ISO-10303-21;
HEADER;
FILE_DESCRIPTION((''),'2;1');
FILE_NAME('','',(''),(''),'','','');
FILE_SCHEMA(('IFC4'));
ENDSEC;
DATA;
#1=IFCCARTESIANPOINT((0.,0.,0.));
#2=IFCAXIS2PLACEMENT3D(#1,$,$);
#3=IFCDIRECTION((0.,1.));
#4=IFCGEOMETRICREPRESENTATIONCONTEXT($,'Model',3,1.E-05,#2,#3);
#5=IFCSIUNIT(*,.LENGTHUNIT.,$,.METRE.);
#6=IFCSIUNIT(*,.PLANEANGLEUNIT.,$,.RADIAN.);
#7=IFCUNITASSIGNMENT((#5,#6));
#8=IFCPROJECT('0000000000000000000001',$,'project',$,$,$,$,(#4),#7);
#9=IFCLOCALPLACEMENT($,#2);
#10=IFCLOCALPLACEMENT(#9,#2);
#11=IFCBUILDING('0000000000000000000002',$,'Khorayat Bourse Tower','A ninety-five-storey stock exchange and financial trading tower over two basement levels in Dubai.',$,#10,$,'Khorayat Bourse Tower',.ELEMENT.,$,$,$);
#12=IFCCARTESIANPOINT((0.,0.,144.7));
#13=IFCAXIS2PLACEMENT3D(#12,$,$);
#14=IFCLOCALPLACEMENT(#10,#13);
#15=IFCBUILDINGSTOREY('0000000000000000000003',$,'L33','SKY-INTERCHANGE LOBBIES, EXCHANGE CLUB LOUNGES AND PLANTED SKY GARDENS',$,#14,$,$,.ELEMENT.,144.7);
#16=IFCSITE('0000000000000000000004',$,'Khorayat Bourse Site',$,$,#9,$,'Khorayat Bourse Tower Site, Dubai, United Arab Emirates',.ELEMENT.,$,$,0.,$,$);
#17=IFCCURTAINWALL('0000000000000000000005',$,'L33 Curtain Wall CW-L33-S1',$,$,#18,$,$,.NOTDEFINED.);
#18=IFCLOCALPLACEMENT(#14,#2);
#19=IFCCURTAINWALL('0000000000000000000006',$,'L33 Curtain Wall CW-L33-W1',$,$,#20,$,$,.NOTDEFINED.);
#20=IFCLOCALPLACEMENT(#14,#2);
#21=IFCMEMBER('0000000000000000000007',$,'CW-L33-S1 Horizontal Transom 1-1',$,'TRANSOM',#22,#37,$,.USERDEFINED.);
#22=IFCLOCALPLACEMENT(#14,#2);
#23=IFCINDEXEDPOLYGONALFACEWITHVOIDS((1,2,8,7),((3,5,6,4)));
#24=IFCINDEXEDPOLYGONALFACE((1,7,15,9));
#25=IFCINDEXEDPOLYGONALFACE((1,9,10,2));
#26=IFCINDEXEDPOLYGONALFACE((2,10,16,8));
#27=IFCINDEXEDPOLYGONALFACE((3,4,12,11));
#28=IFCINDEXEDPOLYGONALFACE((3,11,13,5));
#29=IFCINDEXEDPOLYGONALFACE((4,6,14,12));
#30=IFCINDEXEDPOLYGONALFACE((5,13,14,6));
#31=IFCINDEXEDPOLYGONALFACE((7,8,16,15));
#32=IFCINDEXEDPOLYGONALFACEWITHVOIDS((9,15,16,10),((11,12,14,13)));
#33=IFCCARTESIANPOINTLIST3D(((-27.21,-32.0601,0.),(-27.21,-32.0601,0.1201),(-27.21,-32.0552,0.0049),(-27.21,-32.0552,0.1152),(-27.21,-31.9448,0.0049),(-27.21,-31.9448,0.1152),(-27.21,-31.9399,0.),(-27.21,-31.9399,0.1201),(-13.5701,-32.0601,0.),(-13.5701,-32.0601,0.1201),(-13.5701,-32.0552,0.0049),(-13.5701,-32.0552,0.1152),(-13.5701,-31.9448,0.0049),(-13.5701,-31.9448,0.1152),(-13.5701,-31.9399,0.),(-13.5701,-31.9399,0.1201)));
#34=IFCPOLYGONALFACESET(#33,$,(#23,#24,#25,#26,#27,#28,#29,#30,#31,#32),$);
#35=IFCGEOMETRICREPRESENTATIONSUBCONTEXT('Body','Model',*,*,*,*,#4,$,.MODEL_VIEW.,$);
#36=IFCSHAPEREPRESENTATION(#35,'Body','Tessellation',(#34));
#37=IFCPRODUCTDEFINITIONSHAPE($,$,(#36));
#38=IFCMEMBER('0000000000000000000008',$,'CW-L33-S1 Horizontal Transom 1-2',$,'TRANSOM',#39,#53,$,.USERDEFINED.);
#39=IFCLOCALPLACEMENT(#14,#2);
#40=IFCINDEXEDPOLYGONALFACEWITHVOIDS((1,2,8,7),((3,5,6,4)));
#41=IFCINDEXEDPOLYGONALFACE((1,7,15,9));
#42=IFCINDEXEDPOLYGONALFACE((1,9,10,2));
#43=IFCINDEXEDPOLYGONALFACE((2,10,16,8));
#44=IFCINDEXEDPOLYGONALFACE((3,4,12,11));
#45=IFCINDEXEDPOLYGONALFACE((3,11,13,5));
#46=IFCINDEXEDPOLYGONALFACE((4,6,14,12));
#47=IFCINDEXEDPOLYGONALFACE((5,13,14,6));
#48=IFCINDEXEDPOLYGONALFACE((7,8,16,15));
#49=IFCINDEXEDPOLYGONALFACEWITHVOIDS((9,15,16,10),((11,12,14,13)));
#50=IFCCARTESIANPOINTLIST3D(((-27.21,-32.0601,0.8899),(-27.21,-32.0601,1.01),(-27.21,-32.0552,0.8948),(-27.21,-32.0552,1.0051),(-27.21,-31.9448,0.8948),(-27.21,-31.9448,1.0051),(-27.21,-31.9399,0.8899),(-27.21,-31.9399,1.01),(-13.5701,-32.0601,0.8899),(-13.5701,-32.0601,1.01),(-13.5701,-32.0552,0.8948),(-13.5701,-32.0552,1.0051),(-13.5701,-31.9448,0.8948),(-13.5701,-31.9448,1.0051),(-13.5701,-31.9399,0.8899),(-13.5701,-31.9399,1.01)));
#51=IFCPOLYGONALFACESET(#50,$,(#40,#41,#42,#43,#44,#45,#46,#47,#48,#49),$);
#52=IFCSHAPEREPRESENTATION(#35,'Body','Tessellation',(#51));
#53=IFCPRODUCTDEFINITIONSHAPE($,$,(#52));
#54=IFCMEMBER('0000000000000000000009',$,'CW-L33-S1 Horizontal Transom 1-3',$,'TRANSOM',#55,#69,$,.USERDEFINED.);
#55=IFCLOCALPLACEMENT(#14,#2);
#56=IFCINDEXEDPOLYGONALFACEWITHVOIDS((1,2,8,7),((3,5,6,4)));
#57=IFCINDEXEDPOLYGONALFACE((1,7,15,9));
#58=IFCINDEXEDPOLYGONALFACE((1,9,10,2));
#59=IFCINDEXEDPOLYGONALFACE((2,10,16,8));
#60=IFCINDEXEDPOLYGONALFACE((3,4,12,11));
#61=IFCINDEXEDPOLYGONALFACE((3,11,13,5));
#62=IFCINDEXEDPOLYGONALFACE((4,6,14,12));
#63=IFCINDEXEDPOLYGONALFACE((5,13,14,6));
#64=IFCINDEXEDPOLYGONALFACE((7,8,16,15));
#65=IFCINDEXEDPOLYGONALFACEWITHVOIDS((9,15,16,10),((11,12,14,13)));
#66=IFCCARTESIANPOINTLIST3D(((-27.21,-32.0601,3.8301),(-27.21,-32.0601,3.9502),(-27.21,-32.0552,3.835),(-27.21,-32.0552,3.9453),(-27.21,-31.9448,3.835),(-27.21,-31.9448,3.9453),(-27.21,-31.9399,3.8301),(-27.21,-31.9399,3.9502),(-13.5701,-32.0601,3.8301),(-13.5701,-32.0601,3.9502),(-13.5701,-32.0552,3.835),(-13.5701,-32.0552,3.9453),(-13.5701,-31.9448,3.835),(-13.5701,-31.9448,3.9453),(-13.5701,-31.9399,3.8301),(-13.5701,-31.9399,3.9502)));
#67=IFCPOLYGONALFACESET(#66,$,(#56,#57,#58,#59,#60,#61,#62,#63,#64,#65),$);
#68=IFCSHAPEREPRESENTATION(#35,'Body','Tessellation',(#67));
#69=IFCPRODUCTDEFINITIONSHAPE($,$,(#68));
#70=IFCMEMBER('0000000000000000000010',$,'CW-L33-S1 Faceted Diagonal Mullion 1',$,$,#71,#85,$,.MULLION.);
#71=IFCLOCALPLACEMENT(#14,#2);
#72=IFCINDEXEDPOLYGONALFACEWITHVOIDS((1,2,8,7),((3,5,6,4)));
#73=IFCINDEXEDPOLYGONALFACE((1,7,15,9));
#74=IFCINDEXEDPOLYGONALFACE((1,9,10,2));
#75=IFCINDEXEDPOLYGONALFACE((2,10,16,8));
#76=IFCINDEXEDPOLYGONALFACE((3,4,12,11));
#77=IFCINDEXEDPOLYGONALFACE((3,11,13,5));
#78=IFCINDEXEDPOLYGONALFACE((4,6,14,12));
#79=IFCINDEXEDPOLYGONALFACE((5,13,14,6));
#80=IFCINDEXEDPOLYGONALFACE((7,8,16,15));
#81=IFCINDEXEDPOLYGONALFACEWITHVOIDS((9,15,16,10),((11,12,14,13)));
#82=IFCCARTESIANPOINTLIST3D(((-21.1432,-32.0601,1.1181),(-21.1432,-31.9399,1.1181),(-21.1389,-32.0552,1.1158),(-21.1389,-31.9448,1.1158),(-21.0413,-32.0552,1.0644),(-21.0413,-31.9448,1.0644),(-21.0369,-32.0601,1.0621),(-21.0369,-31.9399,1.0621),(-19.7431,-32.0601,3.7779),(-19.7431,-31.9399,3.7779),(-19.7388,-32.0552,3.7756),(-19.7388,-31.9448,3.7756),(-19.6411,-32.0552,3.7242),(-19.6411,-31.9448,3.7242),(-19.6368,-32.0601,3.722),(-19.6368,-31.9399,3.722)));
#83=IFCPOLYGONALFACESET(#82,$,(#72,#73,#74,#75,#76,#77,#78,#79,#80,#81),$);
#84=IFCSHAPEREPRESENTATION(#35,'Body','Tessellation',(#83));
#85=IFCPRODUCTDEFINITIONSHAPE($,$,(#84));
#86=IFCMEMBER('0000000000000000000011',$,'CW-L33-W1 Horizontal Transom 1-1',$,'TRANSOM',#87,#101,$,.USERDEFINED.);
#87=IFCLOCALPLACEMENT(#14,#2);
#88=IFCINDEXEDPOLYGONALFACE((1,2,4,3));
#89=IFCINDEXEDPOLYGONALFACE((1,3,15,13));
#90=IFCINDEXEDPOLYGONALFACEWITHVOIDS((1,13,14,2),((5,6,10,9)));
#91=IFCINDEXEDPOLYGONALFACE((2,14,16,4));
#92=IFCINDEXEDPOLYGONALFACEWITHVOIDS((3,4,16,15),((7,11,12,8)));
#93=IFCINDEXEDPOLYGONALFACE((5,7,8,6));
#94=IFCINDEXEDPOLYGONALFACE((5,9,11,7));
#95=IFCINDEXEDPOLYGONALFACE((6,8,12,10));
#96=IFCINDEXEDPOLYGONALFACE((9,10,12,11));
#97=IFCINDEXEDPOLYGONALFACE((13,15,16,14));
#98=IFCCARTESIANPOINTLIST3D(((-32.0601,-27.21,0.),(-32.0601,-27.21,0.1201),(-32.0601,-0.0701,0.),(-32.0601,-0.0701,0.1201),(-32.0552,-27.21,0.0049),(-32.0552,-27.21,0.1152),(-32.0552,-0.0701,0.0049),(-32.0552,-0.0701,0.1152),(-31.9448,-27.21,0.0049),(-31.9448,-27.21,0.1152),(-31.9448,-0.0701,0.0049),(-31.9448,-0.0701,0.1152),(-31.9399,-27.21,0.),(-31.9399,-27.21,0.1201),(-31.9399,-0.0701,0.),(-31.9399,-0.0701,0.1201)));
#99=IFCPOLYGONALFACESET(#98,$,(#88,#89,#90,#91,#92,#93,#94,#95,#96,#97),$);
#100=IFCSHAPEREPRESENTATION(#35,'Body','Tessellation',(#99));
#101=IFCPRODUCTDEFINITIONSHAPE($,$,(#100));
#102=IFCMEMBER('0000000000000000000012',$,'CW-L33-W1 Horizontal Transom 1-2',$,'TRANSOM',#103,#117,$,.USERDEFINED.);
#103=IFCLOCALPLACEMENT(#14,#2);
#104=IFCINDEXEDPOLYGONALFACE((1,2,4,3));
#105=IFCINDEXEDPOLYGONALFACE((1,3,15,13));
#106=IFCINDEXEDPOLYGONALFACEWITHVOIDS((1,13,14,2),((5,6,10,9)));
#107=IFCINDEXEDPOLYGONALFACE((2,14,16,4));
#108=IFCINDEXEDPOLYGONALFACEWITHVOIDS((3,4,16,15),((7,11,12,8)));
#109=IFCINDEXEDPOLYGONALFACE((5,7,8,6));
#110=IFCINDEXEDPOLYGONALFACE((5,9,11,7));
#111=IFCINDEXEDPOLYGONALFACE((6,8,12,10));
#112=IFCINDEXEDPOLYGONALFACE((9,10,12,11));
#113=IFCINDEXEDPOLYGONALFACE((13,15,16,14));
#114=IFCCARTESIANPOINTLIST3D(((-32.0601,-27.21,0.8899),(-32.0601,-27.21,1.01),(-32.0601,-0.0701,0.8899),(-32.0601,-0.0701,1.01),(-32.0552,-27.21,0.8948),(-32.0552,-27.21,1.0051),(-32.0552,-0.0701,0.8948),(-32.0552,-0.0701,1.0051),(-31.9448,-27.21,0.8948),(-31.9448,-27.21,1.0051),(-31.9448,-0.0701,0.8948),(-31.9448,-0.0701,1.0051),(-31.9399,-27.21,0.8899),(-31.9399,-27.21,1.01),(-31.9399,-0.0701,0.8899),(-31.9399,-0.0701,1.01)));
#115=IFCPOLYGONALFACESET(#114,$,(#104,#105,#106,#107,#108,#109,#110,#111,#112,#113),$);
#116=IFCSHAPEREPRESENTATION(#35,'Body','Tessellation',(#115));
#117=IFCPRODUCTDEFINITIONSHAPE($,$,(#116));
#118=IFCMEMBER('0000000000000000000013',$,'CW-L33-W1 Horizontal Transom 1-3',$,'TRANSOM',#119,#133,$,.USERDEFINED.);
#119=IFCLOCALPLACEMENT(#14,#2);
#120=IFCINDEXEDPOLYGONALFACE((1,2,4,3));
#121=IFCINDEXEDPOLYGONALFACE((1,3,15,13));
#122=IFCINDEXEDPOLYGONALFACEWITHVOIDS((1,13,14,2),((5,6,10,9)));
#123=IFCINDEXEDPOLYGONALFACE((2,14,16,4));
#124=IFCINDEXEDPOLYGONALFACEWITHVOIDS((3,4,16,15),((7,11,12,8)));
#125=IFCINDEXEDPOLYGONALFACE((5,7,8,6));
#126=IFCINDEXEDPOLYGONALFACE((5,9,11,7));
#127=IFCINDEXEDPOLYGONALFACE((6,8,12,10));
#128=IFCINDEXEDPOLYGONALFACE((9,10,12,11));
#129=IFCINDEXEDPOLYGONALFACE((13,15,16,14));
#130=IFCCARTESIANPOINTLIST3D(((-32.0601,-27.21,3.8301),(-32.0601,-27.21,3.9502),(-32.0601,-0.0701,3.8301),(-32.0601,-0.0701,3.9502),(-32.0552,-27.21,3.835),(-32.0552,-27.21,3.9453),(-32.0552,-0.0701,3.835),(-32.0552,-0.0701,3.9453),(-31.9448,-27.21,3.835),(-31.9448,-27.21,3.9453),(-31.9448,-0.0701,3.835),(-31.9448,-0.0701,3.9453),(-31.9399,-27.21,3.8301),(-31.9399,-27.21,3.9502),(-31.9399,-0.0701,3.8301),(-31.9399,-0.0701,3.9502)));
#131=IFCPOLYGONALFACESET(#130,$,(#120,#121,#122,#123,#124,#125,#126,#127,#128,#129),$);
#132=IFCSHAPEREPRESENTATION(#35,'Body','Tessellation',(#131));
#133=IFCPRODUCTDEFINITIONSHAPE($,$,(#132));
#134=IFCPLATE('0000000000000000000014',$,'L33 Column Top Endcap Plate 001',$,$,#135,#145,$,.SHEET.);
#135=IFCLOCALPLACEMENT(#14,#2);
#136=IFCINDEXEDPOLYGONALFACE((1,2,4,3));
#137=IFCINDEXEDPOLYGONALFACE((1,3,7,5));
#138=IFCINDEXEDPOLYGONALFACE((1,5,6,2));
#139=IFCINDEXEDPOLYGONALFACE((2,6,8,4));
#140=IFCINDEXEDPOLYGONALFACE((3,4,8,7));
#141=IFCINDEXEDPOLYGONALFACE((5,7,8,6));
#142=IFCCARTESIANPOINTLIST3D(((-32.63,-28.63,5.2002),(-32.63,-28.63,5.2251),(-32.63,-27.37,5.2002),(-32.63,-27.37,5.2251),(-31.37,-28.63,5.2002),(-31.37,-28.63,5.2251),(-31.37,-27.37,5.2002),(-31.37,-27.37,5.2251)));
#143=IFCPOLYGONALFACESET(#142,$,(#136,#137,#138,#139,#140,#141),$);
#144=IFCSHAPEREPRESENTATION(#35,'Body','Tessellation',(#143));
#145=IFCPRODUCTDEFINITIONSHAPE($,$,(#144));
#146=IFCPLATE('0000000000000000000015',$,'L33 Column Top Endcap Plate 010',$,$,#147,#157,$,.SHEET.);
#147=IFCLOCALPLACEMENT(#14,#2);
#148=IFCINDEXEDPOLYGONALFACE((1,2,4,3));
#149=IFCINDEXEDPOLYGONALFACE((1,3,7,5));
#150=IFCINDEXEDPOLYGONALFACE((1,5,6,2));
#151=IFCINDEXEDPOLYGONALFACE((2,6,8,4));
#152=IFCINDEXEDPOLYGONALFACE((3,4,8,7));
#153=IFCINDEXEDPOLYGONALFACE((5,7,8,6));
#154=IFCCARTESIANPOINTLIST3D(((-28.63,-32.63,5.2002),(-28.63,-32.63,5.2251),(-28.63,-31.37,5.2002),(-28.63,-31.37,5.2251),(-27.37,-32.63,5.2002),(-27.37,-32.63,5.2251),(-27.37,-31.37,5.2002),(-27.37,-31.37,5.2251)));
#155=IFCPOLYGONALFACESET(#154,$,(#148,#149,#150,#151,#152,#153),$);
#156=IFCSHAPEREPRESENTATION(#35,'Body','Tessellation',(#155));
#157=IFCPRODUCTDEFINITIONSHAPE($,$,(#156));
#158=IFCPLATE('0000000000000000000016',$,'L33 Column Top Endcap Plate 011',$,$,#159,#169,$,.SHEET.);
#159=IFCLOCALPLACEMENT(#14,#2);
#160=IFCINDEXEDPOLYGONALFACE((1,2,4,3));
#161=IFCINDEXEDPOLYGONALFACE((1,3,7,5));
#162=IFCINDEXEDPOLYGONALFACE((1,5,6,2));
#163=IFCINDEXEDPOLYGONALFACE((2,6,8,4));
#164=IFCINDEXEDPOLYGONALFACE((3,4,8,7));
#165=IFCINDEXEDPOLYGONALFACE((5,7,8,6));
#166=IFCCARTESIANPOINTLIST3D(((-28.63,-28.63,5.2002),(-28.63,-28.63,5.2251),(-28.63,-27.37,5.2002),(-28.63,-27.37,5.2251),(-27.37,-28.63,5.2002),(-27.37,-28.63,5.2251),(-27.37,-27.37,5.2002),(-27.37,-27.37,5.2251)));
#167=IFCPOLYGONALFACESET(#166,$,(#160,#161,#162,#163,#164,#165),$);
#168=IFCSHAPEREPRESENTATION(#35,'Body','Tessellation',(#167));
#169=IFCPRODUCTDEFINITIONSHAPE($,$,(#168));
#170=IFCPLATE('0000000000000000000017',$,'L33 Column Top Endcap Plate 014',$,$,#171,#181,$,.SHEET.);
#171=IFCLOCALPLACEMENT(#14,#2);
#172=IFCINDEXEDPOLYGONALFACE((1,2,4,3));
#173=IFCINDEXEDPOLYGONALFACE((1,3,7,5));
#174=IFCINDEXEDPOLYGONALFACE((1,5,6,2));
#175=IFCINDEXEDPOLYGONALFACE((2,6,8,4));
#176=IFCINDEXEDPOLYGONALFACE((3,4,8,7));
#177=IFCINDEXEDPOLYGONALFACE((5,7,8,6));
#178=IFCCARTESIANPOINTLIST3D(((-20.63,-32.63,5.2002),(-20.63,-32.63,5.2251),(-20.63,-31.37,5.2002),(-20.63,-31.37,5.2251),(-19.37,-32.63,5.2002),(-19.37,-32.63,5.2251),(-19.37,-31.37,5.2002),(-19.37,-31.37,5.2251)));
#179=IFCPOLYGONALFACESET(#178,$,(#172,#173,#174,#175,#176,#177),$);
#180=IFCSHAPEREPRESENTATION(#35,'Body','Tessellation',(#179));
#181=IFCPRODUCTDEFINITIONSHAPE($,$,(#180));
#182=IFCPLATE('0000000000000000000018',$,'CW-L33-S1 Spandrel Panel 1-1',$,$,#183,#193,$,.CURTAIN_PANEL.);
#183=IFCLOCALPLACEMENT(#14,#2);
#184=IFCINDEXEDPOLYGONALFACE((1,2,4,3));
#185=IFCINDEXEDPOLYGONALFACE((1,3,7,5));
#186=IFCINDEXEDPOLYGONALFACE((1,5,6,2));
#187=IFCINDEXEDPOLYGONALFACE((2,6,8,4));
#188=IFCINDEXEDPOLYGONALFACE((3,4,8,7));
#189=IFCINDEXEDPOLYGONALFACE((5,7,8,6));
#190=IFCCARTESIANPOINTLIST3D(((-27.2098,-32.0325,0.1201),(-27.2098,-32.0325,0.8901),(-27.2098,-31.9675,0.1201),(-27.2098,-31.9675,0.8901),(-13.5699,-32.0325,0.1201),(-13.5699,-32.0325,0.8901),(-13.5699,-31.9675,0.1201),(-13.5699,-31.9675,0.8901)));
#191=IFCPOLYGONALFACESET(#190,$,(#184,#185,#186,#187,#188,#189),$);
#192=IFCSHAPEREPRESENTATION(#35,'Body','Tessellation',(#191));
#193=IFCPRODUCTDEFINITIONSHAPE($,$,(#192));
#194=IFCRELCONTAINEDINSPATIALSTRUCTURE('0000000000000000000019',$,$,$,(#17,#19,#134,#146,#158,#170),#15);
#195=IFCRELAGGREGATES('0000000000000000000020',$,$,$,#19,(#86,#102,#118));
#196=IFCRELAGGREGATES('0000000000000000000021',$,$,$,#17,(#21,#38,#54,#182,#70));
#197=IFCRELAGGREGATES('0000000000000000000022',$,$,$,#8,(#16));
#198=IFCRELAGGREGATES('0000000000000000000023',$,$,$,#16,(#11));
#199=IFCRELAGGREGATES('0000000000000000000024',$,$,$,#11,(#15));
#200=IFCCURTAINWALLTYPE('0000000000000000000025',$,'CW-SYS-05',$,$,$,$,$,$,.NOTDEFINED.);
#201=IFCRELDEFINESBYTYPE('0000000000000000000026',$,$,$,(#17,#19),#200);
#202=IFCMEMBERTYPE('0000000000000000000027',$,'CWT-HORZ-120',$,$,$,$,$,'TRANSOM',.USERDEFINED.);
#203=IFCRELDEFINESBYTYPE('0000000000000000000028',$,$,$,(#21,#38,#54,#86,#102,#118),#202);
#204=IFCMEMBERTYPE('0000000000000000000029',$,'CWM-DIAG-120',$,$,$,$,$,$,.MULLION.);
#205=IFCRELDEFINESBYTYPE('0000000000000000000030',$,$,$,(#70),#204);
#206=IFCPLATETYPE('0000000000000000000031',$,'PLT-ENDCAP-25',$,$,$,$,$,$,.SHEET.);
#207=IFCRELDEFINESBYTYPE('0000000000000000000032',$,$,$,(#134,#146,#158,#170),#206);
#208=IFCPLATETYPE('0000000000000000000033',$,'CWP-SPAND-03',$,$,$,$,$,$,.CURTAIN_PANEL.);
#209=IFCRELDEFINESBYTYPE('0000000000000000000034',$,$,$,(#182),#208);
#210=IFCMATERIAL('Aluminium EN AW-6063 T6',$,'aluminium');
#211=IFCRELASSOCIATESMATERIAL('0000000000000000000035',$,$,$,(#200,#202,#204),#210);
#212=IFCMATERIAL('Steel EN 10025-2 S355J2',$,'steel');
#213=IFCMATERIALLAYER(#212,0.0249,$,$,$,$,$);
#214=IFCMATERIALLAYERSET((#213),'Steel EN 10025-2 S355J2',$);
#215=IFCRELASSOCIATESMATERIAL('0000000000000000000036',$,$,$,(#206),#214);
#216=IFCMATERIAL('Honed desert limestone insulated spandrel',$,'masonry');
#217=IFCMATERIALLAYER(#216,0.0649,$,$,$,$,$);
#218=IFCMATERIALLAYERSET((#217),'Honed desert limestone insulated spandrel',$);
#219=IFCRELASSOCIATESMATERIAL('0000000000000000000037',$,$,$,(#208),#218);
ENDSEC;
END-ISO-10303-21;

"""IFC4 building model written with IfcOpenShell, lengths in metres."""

from ifc_helpers import new_model, si_unit, direction, frame, origin, origin_2d, place, context, subcontext, project, spatial, rectangle, hollow_rectangle, extrude, source, transform, mapped, material, layer, layer_set, material_profile, profile_set, type_object, element, aggregate, save


model = new_model("IFC4")

# Units and contexts
model_context = context("Model", 3, precision=1e-05, world=origin(), true_north=direction((0.0, 1.0)))
body_context = subcontext(model_context, "Body", "Model", "MODEL_VIEW")
ifc_project = project(units=[si_unit("LENGTHUNIT", "METRE"), si_unit("PLANEANGLEUNIT", "RADIAN")], contexts=[model_context])

# Site, building, storey
site_placement = place(None, origin())
site = spatial("IfcSite", under=ifc_project, at=site_placement, Name="Khorayat Bourse Site", LongName="Khorayat Bourse Tower Site, Dubai, United Arab Emirates", CompositionType="ELEMENT", RefElevation=0.0)
building_placement = place(site_placement, origin())
building = spatial("IfcBuilding", under=site, at=building_placement, Name="Khorayat Bourse Tower", Description="A ninety-five-storey stock exchange and financial trading tower over two basement levels in Dubai.", LongName="Khorayat Bourse Tower", CompositionType="ELEMENT")
storey_placement = place(building_placement, frame((0.0, 0.0, 144.7)))
storey = spatial("IfcBuildingStorey", under=building, at=storey_placement, Name="L33", Description="SKY-INTERCHANGE LOBBIES, EXCHANGE CLUB LOUNGES AND PLANTED SKY GARDENS", CompositionType="ELEMENT", Elevation=144.7)

# Curtain walls
ifc_material_1 = material(Name="Aluminium EN AW-6063 T6", Category="aluminium")
curtain_wall_type = type_object("IfcCurtainWallType", Name="CW-SYS-05", PredefinedType="NOTDEFINED", material=ifc_material_1)
curtain_wall_1_placement = place(storey_placement, origin())
curtain_wall_1 = element("IfcCurtainWall", 1, at=curtain_wall_1_placement, inside=storey, type_object=curtain_wall_type, Name="L33 Curtain Wall CW-L33-S1", PredefinedType="NOTDEFINED")
curtain_wall_2_placement = place(storey_placement, origin())
curtain_wall_2 = element("IfcCurtainWall", 2, at=curtain_wall_2_placement, inside=storey, type_object=curtain_wall_type, Name="L33 Curtain Wall CW-L33-W1", PredefinedType="NOTDEFINED")

# Members
ifc_material_profile_1 = material_profile(ifc_material_1, hollow_rectangle(XDim=0.1201, YDim=0.1201, WallThickness=0.0049, at=origin_2d()), Name="ALU 120x120x5")
ifc_profile_set_1 = profile_set([ifc_material_profile_1], Name="Aluminium EN AW-6063 T6")
member_type_1 = type_object("IfcMemberType", Name="CWT-HORZ-120", ElementType="TRANSOM", PredefinedType="USERDEFINED", material=ifc_profile_set_1)
shared_shape_1 = source(origin(), body_context, "Body", "SweptSolid", [
    extrude(hollow_rectangle(XDim=0.1201, YDim=0.1201, WallThickness=0.0049, at=origin_2d()), origin(), (0.0, 0.0, 1.0), 13.6399),
])
member_1_placement = place(storey_placement, frame((-27.21, -32.0, 0.0601), z_axis=(1.0, 0.0, 0.0), x_axis=(0.0, 1.0, 0.0)))
member_1 = element("IfcMember", 3, at=member_1_placement, type_object=member_type_1, Name="CW-L33-S1 Horizontal Transom 1-1", ObjectType="TRANSOM", PredefinedType="USERDEFINED", context=body_context, shape_type="MappedRepresentation", body=[
    mapped(shared_shape_1, transform((0.0, 0.0, 0.0), scale=1.0)),
])
member_2_placement = place(storey_placement, frame((-27.21, -32.0, 0.95), z_axis=(1.0, 0.0, 0.0), x_axis=(0.0, 1.0, 0.0)))
member_2 = element("IfcMember", 4, at=member_2_placement, type_object=member_type_1, Name="CW-L33-S1 Horizontal Transom 1-2", ObjectType="TRANSOM", PredefinedType="USERDEFINED", context=body_context, shape_type="MappedRepresentation", body=[
    mapped(shared_shape_1, transform((0.0, 0.0, 0.0), scale=1.0)),
])
member_3_placement = place(storey_placement, frame((-27.21, -32.0, 3.8901), z_axis=(1.0, 0.0, 0.0), x_axis=(0.0, 1.0, 0.0)))
member_3 = element("IfcMember", 5, at=member_3_placement, type_object=member_type_1, Name="CW-L33-S1 Horizontal Transom 1-3", ObjectType="TRANSOM", PredefinedType="USERDEFINED", context=body_context, shape_type="MappedRepresentation", body=[
    mapped(shared_shape_1, transform((0.0, 0.0, 0.0), scale=1.0)),
])
ifc_material_profile_2 = material_profile(ifc_material_1, hollow_rectangle(XDim=0.1201, YDim=0.1201, WallThickness=0.0049, at=origin_2d()), Name="ALU 120x120x5")
ifc_profile_set_2 = profile_set([ifc_material_profile_2], Name="Aluminium EN AW-6063 T6")
member_type_2 = type_object("IfcMemberType", Name="CWM-DIAG-120", PredefinedType="MULLION", material=ifc_profile_set_2)
shared_shape_2 = source(origin(), body_context, "Body", "SweptSolid", [
    extrude(hollow_rectangle(XDim=0.1201, YDim=0.1201, WallThickness=0.0049, at=origin_2d()), origin(), (0.0, 0.0, 1.0), 3.0059),
])
member_4_placement = place(storey_placement, frame((-21.0901, -32.0, 1.0901), z_axis=(0.465797, 0.0, 0.884892), x_axis=(0.0, 1.0, 0.0)))
member_4 = element("IfcMember", 6, at=member_4_placement, type_object=member_type_2, Name="CW-L33-S1 Faceted Diagonal Mullion 1", PredefinedType="MULLION", context=body_context, shape_type="MappedRepresentation", body=[
    mapped(shared_shape_2, transform((0.0, 0.0, 0.0), scale=1.0)),
])
shared_shape_3 = source(origin(), body_context, "Body", "SweptSolid", [
    extrude(hollow_rectangle(XDim=0.1201, YDim=0.1201, WallThickness=0.0049, at=origin_2d()), origin(), (0.0, 0.0, 1.0), 27.1399),
])
member_5_placement = place(storey_placement, frame((-32.0, -27.21, 0.0601), z_axis=(0.0, 1.0, 0.0), x_axis=(-1.0, 0.0, 0.0)))
member_5 = element("IfcMember", 7, at=member_5_placement, type_object=member_type_1, Name="CW-L33-W1 Horizontal Transom 1-1", ObjectType="TRANSOM", PredefinedType="USERDEFINED", context=body_context, shape_type="MappedRepresentation", body=[
    mapped(shared_shape_3, transform((0.0, 0.0, 0.0), scale=1.0)),
])
member_6_placement = place(storey_placement, frame((-32.0, -27.21, 0.95), z_axis=(0.0, 1.0, 0.0), x_axis=(-1.0, 0.0, 0.0)))
member_6 = element("IfcMember", 8, at=member_6_placement, type_object=member_type_1, Name="CW-L33-W1 Horizontal Transom 1-2", ObjectType="TRANSOM", PredefinedType="USERDEFINED", context=body_context, shape_type="MappedRepresentation", body=[
    mapped(shared_shape_3, transform((0.0, 0.0, 0.0), scale=1.0)),
])
member_7_placement = place(storey_placement, frame((-32.0, -27.21, 3.8901), z_axis=(0.0, 1.0, 0.0), x_axis=(-1.0, 0.0, 0.0)))
member_7 = element("IfcMember", 9, at=member_7_placement, type_object=member_type_1, Name="CW-L33-W1 Horizontal Transom 1-3", ObjectType="TRANSOM", PredefinedType="USERDEFINED", context=body_context, shape_type="MappedRepresentation", body=[
    mapped(shared_shape_3, transform((0.0, 0.0, 0.0), scale=1.0)),
])
aggregate(curtain_wall_2, [member_5, member_6, member_7])

# Plates
ifc_material_2 = material(Name="Steel EN 10025-2 S355J2", Category="steel")
ifc_layer_1 = layer(ifc_material_2, 0.0249)
ifc_layer_set_1 = layer_set([ifc_layer_1], Name="Steel EN 10025-2 S355J2")
plate_type_1 = type_object("IfcPlateType", Name="PLT-ENDCAP-25", PredefinedType="SHEET", material=ifc_layer_set_1)
shared_shape_4 = source(origin(), body_context, "Body", "SweptSolid", [
    extrude(rectangle(XDim=1.26, YDim=1.26, at=origin_2d()), origin(), (0.0, 0.0, 1.0), 0.0249),
])
for number, where, z_axis, x_axis, name in (
    (10, (-32.0, -28.0, 5.2002), (0.0, 0.0, 1.0), (1.0, 0.0, 0.0), "L33 Column Top Endcap Plate 001"),
    (11, (-28.0, -32.0, 5.2002), (0.0, 0.0, 1.0), (1.0, 0.0, 0.0), "L33 Column Top Endcap Plate 010"),
    (12, (-28.0, -28.0, 5.2002), (0.0, 0.0, 1.0), (1.0, 0.0, 0.0), "L33 Column Top Endcap Plate 011"),
    (13, (-20.0, -32.0, 5.2002), (0.0, 0.0, 1.0), (1.0, 0.0, 0.0), "L33 Column Top Endcap Plate 014"),
):
    element("IfcPlate", number, at=place(storey_placement, frame(where, z_axis=z_axis, x_axis=x_axis)), inside=storey, type_object=plate_type_1, Name=name, PredefinedType="SHEET", context=body_context, shape_type="MappedRepresentation", body=[
        mapped(shared_shape_4, transform((0.0, 0.0, 0.0), scale=1.0)),
    ])

# Plate
ifc_material_3 = material(Name="Honed desert limestone insulated spandrel", Category="masonry")
ifc_layer_2 = layer(ifc_material_3, 0.0649)
ifc_layer_set_2 = layer_set([ifc_layer_2], Name="Honed desert limestone insulated spandrel")
plate_type_2 = type_object("IfcPlateType", Name="CWP-SPAND-03", PredefinedType="CURTAIN_PANEL", material=ifc_layer_set_2)
shared_shape_5 = source(origin(), body_context, "Body", "SweptSolid", [
    extrude(rectangle(XDim=13.6399, YDim=0.0649, at=origin_2d()), origin(), (0.0, 0.0, 1.0), 0.77),
])
plate_1_placement = place(storey_placement, frame((-20.3899, -32.0, 0.1201), z_axis=(0.0, 0.0, 1.0), x_axis=(1.0, 0.0, 0.0)))
plate_1 = element("IfcPlate", 14, at=plate_1_placement, type_object=plate_type_2, Name="CW-L33-S1 Spandrel Panel 1-1", PredefinedType="CURTAIN_PANEL", context=body_context, shape_type="MappedRepresentation", body=[
    mapped(shared_shape_5, transform((0.0, 0.0, 0.0), scale=1.0)),
])
aggregate(curtain_wall_1, [member_1, member_2, member_3, plate_1, member_4])

save(model, "model.ifc")
